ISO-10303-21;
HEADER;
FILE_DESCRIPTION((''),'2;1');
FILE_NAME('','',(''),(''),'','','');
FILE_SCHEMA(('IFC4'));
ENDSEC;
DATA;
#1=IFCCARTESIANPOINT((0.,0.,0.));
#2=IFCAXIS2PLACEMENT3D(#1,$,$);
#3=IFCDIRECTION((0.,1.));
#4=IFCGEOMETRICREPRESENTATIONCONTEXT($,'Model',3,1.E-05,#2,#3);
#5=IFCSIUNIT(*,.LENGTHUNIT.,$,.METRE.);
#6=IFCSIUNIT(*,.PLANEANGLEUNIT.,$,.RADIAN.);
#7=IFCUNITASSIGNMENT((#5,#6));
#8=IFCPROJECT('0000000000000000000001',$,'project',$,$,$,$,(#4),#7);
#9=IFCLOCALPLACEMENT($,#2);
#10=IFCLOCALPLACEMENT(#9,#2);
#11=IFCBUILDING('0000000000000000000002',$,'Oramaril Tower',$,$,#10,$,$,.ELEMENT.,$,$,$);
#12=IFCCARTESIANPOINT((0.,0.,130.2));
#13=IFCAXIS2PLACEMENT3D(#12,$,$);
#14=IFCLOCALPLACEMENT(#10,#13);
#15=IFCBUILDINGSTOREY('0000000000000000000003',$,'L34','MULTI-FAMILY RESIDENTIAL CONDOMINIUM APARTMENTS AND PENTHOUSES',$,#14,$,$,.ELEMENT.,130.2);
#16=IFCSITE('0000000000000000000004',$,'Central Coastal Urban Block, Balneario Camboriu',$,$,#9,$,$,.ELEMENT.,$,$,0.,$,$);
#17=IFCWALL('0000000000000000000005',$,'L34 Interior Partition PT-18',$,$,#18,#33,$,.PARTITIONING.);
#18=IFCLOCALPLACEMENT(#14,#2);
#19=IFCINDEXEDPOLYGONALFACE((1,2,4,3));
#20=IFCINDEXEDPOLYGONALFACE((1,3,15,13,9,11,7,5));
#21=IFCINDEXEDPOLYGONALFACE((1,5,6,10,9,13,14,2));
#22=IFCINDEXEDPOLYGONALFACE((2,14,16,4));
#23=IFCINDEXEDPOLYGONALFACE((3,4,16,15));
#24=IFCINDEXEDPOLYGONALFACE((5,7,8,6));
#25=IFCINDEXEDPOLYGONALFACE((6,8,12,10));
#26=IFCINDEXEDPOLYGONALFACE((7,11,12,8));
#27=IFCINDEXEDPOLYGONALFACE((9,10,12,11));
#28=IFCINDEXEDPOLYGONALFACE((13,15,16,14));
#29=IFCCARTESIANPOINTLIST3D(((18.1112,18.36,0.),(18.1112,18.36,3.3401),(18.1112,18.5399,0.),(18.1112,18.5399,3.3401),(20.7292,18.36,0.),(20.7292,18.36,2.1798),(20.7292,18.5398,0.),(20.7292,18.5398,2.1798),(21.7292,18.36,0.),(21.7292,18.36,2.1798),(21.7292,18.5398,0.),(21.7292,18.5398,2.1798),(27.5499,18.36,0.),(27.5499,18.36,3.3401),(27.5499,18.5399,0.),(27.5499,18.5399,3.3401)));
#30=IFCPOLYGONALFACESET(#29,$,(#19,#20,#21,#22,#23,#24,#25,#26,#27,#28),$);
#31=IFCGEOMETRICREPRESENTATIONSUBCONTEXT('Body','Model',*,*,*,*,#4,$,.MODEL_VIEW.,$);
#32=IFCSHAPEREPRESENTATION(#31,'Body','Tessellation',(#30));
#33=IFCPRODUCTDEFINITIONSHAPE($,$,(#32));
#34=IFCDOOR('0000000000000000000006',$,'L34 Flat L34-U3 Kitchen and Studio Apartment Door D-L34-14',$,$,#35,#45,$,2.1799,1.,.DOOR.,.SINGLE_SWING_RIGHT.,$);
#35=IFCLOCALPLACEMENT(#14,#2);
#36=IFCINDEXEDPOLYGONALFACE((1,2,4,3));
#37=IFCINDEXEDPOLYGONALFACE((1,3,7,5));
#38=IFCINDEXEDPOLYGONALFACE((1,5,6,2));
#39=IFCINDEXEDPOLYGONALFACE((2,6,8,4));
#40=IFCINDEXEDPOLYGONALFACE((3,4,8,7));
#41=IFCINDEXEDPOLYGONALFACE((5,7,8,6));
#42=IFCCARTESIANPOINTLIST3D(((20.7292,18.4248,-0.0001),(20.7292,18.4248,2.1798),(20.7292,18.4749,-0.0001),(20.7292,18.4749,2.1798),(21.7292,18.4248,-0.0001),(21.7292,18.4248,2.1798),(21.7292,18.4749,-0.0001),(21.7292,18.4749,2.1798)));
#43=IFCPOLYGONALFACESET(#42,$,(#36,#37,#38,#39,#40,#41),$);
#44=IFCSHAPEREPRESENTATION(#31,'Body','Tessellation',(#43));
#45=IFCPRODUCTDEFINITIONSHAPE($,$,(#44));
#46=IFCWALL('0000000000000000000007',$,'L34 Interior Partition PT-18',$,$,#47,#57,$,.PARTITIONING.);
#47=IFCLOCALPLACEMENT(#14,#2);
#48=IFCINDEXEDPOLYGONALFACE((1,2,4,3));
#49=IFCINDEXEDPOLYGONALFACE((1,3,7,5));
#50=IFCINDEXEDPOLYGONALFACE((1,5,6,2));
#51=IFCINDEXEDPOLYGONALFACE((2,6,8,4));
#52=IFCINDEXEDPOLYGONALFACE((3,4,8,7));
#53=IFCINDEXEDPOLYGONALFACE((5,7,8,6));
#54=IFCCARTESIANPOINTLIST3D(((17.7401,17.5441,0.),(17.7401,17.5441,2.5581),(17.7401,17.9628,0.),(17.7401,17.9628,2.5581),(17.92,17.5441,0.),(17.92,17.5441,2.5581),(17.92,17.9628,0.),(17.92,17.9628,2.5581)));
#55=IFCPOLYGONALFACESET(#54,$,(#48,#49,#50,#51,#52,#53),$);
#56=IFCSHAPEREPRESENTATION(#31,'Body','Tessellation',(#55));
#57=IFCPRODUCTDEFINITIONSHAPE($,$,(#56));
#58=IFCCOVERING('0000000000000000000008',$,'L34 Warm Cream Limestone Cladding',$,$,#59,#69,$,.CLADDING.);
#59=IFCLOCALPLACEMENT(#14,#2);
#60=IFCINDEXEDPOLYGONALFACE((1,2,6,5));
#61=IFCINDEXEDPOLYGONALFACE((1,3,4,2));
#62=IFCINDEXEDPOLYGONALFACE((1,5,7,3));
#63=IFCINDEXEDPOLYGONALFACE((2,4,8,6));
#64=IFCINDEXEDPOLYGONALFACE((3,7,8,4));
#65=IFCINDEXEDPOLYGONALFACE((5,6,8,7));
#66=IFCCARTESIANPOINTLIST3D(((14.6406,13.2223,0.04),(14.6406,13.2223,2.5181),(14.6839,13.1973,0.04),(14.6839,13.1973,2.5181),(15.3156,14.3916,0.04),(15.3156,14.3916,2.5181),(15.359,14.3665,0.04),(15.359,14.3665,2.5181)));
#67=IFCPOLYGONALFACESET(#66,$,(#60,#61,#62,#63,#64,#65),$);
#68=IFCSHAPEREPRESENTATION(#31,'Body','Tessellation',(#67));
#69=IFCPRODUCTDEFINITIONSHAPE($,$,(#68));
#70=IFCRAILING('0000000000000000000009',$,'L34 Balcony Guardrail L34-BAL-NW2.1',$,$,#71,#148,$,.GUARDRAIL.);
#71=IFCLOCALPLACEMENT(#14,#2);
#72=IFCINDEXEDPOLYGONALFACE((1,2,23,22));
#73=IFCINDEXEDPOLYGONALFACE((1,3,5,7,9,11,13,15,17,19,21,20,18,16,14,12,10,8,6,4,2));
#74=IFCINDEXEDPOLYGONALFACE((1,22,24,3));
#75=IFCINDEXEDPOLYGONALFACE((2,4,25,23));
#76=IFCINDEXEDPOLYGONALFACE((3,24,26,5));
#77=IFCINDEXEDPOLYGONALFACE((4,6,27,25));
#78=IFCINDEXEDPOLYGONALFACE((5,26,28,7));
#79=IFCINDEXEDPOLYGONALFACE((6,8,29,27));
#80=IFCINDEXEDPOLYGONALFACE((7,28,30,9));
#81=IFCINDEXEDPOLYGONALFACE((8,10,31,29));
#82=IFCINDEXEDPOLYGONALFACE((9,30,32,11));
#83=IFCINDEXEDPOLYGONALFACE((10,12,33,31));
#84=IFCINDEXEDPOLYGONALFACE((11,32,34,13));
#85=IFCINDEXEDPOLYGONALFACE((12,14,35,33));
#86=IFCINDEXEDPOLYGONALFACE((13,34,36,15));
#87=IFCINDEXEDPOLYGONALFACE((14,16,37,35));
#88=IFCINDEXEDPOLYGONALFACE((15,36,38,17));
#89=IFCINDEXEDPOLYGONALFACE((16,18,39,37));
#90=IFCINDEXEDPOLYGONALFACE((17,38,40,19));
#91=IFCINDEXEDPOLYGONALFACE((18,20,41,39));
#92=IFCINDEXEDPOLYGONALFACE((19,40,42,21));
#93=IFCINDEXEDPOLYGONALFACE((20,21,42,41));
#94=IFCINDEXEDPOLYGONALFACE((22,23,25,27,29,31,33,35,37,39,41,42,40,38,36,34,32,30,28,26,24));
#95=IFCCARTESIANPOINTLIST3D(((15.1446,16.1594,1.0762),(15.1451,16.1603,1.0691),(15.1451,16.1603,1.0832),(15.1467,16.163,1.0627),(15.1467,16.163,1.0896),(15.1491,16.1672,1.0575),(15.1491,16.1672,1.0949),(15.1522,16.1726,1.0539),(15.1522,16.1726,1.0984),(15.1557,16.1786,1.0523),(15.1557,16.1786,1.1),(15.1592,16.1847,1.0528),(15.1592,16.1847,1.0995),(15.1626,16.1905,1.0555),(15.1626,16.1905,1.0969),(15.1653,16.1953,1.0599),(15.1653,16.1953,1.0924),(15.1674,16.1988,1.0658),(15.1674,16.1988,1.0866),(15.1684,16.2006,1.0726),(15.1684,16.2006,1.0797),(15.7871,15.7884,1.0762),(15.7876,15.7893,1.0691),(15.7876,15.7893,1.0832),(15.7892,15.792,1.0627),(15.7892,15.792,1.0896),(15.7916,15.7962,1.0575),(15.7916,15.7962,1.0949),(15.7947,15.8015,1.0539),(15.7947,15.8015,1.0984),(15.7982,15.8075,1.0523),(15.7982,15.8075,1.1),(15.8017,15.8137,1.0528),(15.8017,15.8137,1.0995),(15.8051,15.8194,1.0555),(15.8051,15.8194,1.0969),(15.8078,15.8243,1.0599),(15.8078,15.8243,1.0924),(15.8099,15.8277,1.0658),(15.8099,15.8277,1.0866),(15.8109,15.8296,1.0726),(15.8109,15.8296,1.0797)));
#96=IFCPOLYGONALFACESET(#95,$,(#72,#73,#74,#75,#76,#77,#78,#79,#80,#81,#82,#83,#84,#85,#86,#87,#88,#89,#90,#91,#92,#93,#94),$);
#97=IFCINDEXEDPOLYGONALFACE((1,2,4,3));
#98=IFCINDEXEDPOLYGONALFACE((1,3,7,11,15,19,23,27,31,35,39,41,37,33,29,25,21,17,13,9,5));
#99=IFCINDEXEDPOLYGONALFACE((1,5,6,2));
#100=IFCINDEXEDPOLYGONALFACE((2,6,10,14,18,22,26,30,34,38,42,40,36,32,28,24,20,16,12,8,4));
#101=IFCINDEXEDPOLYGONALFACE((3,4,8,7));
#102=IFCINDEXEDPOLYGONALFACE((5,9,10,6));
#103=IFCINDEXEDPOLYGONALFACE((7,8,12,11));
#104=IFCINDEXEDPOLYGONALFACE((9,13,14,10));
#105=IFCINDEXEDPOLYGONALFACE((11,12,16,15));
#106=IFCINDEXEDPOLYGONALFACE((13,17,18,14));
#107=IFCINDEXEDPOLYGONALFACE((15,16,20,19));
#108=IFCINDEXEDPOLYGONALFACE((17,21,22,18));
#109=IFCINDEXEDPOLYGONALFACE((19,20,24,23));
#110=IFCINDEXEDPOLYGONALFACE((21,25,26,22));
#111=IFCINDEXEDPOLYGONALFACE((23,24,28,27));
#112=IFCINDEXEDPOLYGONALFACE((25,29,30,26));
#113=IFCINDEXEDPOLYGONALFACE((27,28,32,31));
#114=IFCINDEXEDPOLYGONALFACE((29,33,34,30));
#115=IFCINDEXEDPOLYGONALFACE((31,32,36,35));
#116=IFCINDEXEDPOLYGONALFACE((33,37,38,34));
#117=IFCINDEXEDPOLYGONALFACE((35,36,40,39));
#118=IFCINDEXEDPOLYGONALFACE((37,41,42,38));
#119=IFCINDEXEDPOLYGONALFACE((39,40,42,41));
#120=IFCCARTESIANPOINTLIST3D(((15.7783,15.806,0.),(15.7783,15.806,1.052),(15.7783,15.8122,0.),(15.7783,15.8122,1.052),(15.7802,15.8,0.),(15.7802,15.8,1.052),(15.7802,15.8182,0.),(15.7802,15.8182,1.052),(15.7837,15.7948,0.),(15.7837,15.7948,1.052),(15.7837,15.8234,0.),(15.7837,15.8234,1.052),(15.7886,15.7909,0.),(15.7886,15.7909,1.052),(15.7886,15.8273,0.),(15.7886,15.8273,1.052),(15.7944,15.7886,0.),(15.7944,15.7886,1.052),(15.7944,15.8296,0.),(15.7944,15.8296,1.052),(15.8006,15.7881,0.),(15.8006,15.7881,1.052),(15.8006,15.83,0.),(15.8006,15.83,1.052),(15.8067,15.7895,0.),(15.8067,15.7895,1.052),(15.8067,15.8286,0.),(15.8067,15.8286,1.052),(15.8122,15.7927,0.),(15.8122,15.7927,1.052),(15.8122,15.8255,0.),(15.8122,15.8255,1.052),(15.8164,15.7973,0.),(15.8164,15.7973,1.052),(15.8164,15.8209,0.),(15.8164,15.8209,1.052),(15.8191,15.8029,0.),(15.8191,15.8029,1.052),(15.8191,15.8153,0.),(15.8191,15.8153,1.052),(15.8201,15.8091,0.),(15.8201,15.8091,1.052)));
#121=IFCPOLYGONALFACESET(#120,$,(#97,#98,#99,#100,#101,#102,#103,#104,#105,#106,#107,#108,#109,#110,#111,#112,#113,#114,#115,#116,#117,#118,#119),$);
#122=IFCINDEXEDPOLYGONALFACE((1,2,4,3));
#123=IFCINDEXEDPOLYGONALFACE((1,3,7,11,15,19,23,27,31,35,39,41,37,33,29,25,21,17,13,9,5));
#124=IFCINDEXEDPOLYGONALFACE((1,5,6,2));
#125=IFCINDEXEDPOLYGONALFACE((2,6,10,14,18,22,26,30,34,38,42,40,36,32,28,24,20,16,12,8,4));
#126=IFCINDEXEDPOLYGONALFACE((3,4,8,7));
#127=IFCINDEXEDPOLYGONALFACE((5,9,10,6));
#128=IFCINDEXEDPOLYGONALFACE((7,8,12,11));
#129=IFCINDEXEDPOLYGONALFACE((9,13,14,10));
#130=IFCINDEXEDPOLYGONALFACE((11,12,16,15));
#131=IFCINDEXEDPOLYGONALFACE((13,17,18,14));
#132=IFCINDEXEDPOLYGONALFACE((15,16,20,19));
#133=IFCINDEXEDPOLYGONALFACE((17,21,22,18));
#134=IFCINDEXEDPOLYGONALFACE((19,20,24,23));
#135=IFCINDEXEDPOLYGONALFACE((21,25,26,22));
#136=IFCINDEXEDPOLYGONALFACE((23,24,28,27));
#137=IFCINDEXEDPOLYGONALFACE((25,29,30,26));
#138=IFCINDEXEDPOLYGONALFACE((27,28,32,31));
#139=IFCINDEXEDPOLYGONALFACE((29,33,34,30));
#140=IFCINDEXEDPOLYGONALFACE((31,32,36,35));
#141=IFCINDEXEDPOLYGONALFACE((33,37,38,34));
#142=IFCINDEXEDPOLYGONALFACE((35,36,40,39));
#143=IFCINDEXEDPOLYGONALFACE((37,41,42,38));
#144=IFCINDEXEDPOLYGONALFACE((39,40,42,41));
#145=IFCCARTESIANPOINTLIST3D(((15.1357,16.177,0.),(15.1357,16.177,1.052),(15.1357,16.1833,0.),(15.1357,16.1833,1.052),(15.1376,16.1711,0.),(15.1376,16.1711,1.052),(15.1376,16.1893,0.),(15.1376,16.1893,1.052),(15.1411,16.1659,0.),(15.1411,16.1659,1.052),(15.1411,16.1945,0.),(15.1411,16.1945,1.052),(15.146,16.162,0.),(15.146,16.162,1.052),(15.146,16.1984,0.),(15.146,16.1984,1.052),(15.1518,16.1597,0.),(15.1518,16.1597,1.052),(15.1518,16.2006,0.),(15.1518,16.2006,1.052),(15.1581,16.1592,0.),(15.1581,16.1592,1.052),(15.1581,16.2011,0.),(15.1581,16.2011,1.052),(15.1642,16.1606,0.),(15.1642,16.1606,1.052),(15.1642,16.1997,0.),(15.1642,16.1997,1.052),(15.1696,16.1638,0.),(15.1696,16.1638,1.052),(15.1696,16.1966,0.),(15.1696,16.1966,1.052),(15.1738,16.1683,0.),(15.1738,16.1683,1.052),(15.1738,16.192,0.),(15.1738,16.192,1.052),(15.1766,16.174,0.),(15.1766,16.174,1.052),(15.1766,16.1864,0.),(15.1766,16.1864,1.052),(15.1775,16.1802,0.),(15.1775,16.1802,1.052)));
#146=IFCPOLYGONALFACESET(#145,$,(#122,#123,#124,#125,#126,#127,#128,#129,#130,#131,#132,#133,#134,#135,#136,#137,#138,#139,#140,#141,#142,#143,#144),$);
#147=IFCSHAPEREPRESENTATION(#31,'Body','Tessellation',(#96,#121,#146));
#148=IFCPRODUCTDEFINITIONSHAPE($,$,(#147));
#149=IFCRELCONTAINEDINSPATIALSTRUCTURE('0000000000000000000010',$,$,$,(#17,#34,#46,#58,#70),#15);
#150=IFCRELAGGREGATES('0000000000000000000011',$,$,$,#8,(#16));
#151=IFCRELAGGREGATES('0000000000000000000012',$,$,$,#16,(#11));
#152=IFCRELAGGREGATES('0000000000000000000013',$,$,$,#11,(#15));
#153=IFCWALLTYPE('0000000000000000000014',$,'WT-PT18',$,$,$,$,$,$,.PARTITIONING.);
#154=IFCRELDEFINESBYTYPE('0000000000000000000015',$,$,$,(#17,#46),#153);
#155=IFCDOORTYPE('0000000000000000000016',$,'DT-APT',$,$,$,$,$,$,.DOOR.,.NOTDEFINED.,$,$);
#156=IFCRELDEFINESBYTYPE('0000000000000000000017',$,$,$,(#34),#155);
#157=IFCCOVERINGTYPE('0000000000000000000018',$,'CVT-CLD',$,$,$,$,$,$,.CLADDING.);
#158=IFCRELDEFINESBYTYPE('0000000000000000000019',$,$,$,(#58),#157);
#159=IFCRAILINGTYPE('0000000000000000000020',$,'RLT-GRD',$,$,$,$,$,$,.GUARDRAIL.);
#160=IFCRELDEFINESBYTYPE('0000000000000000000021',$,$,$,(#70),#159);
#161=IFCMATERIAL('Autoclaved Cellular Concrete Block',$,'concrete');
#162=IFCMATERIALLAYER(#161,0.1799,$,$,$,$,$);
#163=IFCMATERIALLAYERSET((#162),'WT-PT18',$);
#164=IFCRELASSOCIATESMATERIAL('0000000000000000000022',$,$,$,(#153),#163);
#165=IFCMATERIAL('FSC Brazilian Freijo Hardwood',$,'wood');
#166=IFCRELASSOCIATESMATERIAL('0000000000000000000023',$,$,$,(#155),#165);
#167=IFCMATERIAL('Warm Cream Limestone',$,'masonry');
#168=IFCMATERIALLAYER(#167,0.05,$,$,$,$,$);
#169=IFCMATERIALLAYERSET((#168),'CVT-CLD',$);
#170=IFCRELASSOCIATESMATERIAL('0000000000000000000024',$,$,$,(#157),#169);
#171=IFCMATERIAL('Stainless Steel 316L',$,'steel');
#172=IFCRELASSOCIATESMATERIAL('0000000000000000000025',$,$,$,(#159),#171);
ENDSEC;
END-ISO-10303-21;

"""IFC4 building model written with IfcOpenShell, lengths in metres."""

from ifc_helpers import new_model, si_unit, direction, frame, frame_2d, origin, origin_2d, place, context, subcontext, project, spatial, rectangle, circle, extrude, material, layer, layer_set, type_object, element, fill, save


model = new_model("IFC4")

# Units and contexts
model_context = context("Model", 3, precision=1e-05, world=origin(), true_north=direction((0.0, 1.0)))
body_context = subcontext(model_context, "Body", "Model", "MODEL_VIEW")
ifc_project = project(units=[si_unit("LENGTHUNIT", "METRE"), si_unit("PLANEANGLEUNIT", "RADIAN")], contexts=[model_context])

# Site, building, storey
site_placement = place(None, origin())
site = spatial("IfcSite", under=ifc_project, at=site_placement, Name="Central Coastal Urban Block, Balneario Camboriu", CompositionType="ELEMENT", RefElevation=0.0)
building_placement = place(site_placement, origin())
building = spatial("IfcBuilding", under=site, at=building_placement, Name="Oramaril Tower", CompositionType="ELEMENT")
storey_placement = place(building_placement, frame((0.0, 0.0, 130.2)))
storey = spatial("IfcBuildingStorey", under=building, at=storey_placement, Name="L34", Description="MULTI-FAMILY RESIDENTIAL CONDOMINIUM APARTMENTS AND PENTHOUSES", CompositionType="ELEMENT", Elevation=130.2)

# Shared definitions
ifc_material_1 = material(Name="Autoclaved Cellular Concrete Block", Category="concrete")
ifc_layer_1 = layer(ifc_material_1, 0.1799)
ifc_layer_set_1 = layer_set([ifc_layer_1], Name="WT-PT18")
wall_type_1 = type_object("IfcWallType", Name="WT-PT18", PredefinedType="PARTITIONING", material=ifc_layer_set_1)

# Wall, opening, door
wall_1_placement = place(storey_placement, frame((18.1113, 18.45, 0.0), z_axis=(0.0, 0.0, 1.0), x_axis=(1.0, 0.0, 0.0)))
wall_1 = element("IfcWall", 1, at=wall_1_placement, inside=storey, type_object=wall_type_1, Name="L34 Interior Partition PT-18", PredefinedType="PARTITIONING", context=body_context, shape_type="SweptSolid", body=[
    extrude(rectangle(XDim=9.4387, YDim=0.1799, at=frame_2d((4.7192, 0.0))), origin(), (0.0, 0.0, 1.0), 3.3401),
])
opening_placement = place(wall_1_placement, frame((2.6179, 0.0, 0.0)))
opening = element("IfcOpeningElement", 2, at=opening_placement, cuts=wall_1, PredefinedType="OPENING", context=body_context, shape_type="SweptSolid", body=[
    extrude(rectangle(XDim=1.0, YDim=2.1799, at=frame_2d((0.5, 1.0898))), frame((0.0, 0.0898, 0.0), z_axis=(0.0, -1.0, 0.0), x_axis=(1.0, 0.0, 0.0)), (0.0, 0.0, 1.0), 0.1799),
])
ifc_material_2 = material(Name="FSC Brazilian Freijo Hardwood", Category="wood")
door_type = type_object("IfcDoorType", Name="DT-APT", OperationType="NOTDEFINED", PredefinedType="DOOR", material=ifc_material_2)
door_placement = place(opening_placement, origin())
door = element("IfcDoor", 3, at=door_placement, inside=storey, type_object=door_type, Name="L34 Flat L34-U3 Kitchen and Studio Apartment Door D-L34-14", OperationType="SINGLE_SWING_RIGHT", OverallHeight=2.1799, OverallWidth=1.0, PredefinedType="DOOR", context=body_context, shape_type="SweptSolid", body=[
    extrude(rectangle(XDim=1.0, YDim=2.1799, at=frame_2d((0.5, 1.0898))), frame((0.0, 0.0249, 0.0), z_axis=(0.0, -1.0, 0.0), x_axis=(1.0, 0.0, 0.0)), (0.0, 0.0, 1.0), 0.05),
])
fill(opening, door)

# Wall
wall_2_placement = place(storey_placement, frame((17.8301, 17.5439, 0.0), z_axis=(0.0, 0.0, 1.0), x_axis=(0.0, 1.0, 0.0)))
element("IfcWall", 4, at=wall_2_placement, inside=storey, type_object=wall_type_1, Name="L34 Interior Partition PT-18", PredefinedType="PARTITIONING", context=body_context, shape_type="SweptSolid", body=[
    extrude(rectangle(XDim=0.4187, YDim=0.1799, at=frame_2d((0.2095, 0.0))), origin(), (0.0, 0.0, 1.0), 2.5581),
])

# Covering
ifc_material_3 = material(Name="Warm Cream Limestone", Category="masonry")
ifc_layer_2 = layer(ifc_material_3, 0.05)
ifc_layer_set_2 = layer_set([ifc_layer_2], Name="CVT-CLD")
covering_type = type_object("IfcCoveringType", Name="CVT-CLD", PredefinedType="CLADDING", material=ifc_layer_set_2)
covering_placement = place(storey_placement, frame((14.9998, 13.7944, 0.04), z_axis=(0.0, 0.0, 1.0), x_axis=(-0.499998, -0.866026, 0.0)))
element("IfcCovering", 5, at=covering_placement, inside=storey, type_object=covering_type, Name="L34 Warm Cream Limestone Cladding", PredefinedType="CLADDING", context=body_context, shape_type="SweptSolid", body=[
    extrude(rectangle(XDim=1.3501, YDim=0.05, at=origin_2d()), origin(), (0.0, 0.0, 1.0), 2.478),
])

# Railing
ifc_material_4 = material(Name="Stainless Steel 316L", Category="steel")
railing_type = type_object("IfcRailingType", Name="RLT-GRD", PredefinedType="GUARDRAIL", material=ifc_material_4)
railing_1_placement = place(storey_placement, frame((15.7991, 15.8091, 0.0)))
element("IfcRailing", 6, at=railing_1_placement, inside=storey, type_object=railing_type, Name="L34 Balcony Guardrail L34-BAL-NW2.1", PredefinedType="GUARDRAIL", context=body_context, shape_type="SweptSolid", body=[
    extrude(circle(Radius=0.0239, at=origin_2d()), frame((0.0, 0.0, 1.0762), z_axis=(-0.865966, 0.500102, 0.0), x_axis=(-0.500102, -0.865966, 0.0)), (0.0, 0.0, 1.0), 0.7419),
    extrude(circle(Radius=0.021, at=origin_2d()), origin(), (0.0, 0.0, 1.0), 1.052),
    extrude(circle(Radius=0.021, at=origin_2d()), frame((-0.6426, 0.3711, 0.0)), (0.0, 0.0, 1.0), 1.052),
])

save(model, "model.ifc")
